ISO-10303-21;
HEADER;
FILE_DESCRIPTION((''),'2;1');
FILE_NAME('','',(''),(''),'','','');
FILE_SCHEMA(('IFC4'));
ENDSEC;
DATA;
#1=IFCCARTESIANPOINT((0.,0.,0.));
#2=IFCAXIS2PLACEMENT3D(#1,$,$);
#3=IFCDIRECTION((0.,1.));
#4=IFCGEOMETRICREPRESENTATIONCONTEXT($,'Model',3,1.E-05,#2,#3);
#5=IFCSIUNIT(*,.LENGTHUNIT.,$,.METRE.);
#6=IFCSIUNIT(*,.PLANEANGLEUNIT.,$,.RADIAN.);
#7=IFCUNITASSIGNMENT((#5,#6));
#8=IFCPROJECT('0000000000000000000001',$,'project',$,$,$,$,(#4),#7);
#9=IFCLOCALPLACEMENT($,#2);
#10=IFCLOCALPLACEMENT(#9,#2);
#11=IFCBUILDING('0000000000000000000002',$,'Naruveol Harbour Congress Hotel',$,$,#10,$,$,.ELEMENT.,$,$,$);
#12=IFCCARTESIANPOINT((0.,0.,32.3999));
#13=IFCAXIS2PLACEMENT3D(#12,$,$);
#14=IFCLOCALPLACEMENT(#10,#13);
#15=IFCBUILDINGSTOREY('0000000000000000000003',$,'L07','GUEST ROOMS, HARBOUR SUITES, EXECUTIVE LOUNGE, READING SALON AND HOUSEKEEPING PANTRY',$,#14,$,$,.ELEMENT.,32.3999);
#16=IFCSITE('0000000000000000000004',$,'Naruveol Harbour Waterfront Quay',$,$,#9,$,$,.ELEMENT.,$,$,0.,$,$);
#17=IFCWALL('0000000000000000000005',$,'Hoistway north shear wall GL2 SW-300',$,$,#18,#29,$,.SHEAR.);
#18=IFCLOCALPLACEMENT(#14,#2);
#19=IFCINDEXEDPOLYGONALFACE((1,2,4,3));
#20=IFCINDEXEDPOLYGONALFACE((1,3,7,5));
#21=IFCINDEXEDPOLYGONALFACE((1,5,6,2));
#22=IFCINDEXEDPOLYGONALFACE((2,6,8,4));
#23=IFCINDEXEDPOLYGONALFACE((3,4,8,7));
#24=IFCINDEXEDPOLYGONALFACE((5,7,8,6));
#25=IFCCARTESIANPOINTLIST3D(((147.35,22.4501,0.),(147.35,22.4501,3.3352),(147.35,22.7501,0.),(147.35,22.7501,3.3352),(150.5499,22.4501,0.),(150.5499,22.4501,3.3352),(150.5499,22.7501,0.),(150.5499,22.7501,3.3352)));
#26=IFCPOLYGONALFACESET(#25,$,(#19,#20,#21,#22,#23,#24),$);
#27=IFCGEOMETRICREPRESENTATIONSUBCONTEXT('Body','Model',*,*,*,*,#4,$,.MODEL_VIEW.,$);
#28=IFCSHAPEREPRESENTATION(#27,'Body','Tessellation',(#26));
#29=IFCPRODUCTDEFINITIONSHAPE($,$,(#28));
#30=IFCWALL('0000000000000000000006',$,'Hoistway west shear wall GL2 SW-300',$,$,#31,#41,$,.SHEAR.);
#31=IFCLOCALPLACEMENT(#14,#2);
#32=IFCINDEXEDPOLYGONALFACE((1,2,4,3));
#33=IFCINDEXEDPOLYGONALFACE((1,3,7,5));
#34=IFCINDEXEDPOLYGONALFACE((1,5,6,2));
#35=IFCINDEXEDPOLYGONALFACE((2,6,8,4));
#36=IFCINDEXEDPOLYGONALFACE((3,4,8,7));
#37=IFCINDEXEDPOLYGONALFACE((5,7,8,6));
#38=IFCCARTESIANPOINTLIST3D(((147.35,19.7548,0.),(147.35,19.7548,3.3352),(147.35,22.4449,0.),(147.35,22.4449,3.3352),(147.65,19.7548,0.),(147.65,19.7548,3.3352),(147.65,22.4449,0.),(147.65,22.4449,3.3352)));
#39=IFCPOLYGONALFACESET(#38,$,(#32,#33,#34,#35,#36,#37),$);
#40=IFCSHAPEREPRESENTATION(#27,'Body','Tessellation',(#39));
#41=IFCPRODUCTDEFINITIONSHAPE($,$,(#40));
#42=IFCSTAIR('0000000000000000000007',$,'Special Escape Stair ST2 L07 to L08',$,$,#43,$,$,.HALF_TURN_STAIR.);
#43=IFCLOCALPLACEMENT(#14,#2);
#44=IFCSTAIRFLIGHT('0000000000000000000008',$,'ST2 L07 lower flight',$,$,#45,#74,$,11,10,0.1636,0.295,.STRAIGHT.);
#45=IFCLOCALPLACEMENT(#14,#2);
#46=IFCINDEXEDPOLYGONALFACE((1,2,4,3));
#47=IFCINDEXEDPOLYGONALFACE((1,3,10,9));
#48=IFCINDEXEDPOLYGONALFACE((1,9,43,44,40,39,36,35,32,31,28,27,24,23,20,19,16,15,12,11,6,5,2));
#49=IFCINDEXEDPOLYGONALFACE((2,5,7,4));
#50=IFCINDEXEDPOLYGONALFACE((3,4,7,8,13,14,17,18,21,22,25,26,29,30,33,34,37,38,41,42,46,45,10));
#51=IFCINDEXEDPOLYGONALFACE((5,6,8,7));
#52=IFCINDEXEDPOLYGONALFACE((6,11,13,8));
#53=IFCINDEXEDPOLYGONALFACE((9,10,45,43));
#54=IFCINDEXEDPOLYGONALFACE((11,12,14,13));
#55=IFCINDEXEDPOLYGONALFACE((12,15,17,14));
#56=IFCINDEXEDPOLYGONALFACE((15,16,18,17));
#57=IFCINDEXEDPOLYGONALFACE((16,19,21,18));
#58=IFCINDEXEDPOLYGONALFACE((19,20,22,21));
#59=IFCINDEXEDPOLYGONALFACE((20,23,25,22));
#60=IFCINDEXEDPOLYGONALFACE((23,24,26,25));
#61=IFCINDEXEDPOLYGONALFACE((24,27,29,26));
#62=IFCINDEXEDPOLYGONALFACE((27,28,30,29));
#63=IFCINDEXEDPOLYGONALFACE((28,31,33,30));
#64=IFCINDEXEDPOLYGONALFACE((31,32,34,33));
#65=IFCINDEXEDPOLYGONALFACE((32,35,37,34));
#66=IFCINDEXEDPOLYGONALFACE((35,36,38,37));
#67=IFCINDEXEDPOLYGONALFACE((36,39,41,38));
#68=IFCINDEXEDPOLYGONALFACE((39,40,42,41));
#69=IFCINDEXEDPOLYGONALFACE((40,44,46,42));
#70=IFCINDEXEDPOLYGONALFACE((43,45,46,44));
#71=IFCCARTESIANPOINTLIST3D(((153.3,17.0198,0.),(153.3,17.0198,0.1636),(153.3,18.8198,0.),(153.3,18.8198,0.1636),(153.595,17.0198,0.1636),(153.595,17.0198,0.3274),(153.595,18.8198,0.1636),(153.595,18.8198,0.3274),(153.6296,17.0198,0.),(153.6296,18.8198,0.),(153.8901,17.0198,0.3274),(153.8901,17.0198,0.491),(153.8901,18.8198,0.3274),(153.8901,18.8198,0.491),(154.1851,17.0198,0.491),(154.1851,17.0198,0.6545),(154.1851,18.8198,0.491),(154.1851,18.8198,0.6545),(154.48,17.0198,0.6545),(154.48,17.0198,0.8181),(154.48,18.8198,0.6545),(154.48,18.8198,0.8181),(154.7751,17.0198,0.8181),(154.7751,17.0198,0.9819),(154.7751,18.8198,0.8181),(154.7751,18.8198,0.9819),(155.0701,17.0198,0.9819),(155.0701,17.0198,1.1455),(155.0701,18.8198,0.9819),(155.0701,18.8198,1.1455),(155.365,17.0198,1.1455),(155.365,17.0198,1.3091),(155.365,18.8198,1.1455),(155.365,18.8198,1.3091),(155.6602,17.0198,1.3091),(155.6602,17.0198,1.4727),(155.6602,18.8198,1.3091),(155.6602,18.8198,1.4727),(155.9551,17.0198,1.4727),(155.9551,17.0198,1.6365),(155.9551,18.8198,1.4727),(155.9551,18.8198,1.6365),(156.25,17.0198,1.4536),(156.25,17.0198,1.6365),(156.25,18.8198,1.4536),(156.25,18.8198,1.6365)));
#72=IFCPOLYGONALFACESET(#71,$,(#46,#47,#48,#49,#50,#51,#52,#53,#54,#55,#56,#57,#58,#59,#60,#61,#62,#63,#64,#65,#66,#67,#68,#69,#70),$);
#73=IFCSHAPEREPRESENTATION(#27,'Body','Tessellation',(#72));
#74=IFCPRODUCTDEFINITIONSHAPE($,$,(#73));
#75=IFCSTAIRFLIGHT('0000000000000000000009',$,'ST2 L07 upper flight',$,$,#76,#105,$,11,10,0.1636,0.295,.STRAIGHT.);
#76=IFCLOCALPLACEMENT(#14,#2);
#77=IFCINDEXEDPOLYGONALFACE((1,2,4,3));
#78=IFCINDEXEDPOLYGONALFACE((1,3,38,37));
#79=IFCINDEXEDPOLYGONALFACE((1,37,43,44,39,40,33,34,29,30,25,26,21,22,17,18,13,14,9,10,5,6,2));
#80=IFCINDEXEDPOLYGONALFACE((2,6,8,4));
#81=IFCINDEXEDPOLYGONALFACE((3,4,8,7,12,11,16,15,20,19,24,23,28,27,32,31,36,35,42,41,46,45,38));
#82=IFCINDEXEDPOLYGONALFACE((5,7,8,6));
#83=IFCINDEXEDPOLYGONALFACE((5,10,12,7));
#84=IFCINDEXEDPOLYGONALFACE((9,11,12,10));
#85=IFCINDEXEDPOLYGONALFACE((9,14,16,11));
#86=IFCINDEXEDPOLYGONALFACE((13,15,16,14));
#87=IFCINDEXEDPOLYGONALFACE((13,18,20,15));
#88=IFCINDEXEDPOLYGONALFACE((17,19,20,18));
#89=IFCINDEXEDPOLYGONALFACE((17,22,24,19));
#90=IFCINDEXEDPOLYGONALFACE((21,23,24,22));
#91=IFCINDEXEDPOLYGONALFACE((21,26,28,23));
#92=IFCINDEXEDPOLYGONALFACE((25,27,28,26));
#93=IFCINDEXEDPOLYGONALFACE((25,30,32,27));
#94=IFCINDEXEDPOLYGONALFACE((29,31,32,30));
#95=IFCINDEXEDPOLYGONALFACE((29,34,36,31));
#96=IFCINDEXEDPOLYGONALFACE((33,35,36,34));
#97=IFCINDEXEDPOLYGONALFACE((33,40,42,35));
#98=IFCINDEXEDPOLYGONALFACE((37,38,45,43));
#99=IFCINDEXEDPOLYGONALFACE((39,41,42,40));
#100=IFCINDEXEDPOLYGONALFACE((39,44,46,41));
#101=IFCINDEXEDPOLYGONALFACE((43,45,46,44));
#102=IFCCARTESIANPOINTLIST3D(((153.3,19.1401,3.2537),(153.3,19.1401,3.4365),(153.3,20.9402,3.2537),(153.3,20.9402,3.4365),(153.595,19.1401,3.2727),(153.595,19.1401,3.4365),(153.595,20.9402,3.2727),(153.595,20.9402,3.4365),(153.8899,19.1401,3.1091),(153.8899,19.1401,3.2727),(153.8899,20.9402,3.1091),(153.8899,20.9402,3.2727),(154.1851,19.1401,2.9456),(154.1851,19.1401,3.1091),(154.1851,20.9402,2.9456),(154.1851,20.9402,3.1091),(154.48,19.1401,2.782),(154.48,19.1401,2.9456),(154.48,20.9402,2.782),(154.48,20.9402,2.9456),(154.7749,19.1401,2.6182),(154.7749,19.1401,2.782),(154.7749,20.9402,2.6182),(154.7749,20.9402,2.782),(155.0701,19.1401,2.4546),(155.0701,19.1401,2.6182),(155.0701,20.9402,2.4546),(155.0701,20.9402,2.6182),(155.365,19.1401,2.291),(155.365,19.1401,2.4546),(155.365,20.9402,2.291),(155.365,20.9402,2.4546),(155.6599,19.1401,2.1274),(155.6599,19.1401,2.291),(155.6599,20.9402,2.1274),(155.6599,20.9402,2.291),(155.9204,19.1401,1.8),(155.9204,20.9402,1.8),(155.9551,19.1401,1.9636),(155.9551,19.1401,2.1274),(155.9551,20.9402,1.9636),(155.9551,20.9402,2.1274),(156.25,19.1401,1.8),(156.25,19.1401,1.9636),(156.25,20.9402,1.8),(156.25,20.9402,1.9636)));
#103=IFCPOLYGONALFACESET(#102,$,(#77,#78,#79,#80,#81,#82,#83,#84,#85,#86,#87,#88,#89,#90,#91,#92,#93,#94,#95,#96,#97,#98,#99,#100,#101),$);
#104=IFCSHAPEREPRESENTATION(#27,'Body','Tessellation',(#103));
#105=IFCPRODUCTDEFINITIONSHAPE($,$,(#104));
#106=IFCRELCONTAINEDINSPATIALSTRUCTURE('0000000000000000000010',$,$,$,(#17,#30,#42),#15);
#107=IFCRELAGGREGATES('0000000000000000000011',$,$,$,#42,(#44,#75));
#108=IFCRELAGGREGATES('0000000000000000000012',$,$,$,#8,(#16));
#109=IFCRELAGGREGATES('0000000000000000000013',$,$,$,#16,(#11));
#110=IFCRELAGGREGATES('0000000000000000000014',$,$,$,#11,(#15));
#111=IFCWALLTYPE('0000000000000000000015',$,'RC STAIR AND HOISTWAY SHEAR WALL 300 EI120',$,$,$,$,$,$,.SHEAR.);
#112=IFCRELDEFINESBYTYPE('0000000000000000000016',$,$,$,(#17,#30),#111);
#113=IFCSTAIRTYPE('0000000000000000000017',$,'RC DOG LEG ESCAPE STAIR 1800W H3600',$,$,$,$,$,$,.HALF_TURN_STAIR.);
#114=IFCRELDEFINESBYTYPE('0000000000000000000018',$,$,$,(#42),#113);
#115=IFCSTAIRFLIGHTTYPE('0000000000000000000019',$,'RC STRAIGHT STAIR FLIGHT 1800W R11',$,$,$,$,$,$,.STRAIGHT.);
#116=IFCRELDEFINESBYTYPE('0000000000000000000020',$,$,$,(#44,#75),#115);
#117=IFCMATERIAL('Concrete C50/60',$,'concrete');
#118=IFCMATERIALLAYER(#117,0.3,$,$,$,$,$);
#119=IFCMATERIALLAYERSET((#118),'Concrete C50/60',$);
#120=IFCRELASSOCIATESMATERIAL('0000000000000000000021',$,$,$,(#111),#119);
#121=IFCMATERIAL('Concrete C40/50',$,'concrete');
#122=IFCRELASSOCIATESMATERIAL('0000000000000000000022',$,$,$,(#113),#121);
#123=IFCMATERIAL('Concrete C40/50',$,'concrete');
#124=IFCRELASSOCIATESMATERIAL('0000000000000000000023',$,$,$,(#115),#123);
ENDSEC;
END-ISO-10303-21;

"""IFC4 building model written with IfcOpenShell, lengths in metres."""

from ifc_helpers import new_model, si_unit, direction, frame, frame_2d, origin, place, context, subcontext, project, spatial, polyline, rectangle, outline, extrude, material, layer, layer_set, type_object, element, aggregate, save


model = new_model("IFC4")

# Units and contexts
model_context = context("Model", 3, precision=1e-05, world=origin(), true_north=direction((0.0, 1.0)))
body_context = subcontext(model_context, "Body", "Model", "MODEL_VIEW")
ifc_project = project(units=[si_unit("LENGTHUNIT", "METRE"), si_unit("PLANEANGLEUNIT", "RADIAN")], contexts=[model_context])

# Site, building, storey
site_placement = place(None, origin())
site = spatial("IfcSite", under=ifc_project, at=site_placement, Name="Naruveol Harbour Waterfront Quay", CompositionType="ELEMENT", RefElevation=0.0)
building_placement = place(site_placement, origin())
building = spatial("IfcBuilding", under=site, at=building_placement, Name="Naruveol Harbour Congress Hotel", CompositionType="ELEMENT")
storey_placement = place(building_placement, frame((0.0, 0.0, 32.3999)))
storey = spatial("IfcBuildingStorey", under=building, at=storey_placement, Name="L07", Description="GUEST ROOMS, HARBOUR SUITES, EXECUTIVE LOUNGE, READING SALON AND HOUSEKEEPING PANTRY", CompositionType="ELEMENT", Elevation=32.3999)

# Shared definitions
ifc_material_1 = material(Name="Concrete C50/60", Category="concrete")
ifc_layer_1 = layer(ifc_material_1, 0.3)
ifc_layer_set_1 = layer_set([ifc_layer_1], Name="Concrete C50/60")
wall_type_1 = type_object("IfcWallType", Name="RC STAIR AND HOISTWAY SHEAR WALL 300 EI120", PredefinedType="SHEAR", material=ifc_layer_set_1)

# Walls
wall_1_placement = place(storey_placement, frame((150.55, 22.6001, 0.0), z_axis=(0.0, 0.0, 1.0), x_axis=(-1.0, 0.0, 0.0)))
element("IfcWall", 1, at=wall_1_placement, inside=storey, type_object=wall_type_1, Name="Hoistway north shear wall GL2 SW-300", PredefinedType="SHEAR", context=body_context, shape_type="SweptSolid", body=[
    extrude(rectangle(XDim=3.2, YDim=0.3, at=frame_2d((1.6001, 0.0))), origin(), (0.0, 0.0, 1.0), 3.3352),
])
wall_2_placement = place(storey_placement, frame((147.5, 22.4451, 0.0), z_axis=(0.0, 0.0, 1.0), x_axis=(0.0, -1.0, 0.0)))
element("IfcWall", 2, at=wall_2_placement, inside=storey, type_object=wall_type_1, Name="Hoistway west shear wall GL2 SW-300", PredefinedType="SHEAR", context=body_context, shape_type="SweptSolid", body=[
    extrude(rectangle(XDim=2.6902, YDim=0.3, at=frame_2d((1.3452, 0.0))), origin(), (0.0, 0.0, 1.0), 3.3352),
])

# Stair, stair flights
ifc_material_2 = material(Name="Concrete C40/50", Category="concrete")
stair_type = type_object("IfcStairType", Name="RC DOG LEG ESCAPE STAIR 1800W H3600", PredefinedType="HALF_TURN_STAIR", material=ifc_material_2)
stair_placement = place(storey_placement, origin())
stair = element("IfcStair", 3, at=stair_placement, inside=storey, type_object=stair_type, Name="Special Escape Stair ST2 L07 to L08", PredefinedType="HALF_TURN_STAIR")
ifc_material_3 = material(Name="Concrete C40/50", Category="concrete")
stair_flight_type = type_object("IfcStairFlightType", Name="RC STRAIGHT STAIR FLIGHT 1800W R11", PredefinedType="STRAIGHT", material=ifc_material_3)
stair_flight_1_placement = place(storey_placement, frame((153.3, 17.9199, 0.0), z_axis=(0.0, 0.0, 1.0), x_axis=(1.0, 0.0, 0.0)))
stair_flight_1 = element("IfcStairFlight", 4, at=stair_flight_1_placement, type_object=stair_flight_type, Name="ST2 L07 lower flight", NumberOfRisers=11, NumberOfTreads=10, PredefinedType="STRAIGHT", RiserHeight=0.1636, TreadLength=0.295, context=body_context, shape_type="SweptSolid", body=[
    extrude(outline(polyline([(0.0, 0.0), (0.0, 0.1636), (0.2949, 0.1636), (0.2949, 0.3274), (0.5901, 0.3274), (0.5901, 0.491), (0.885, 0.491), (0.885, 0.6545), (1.1799, 0.6545), (1.1799, 0.8181), (1.4751, 0.8181), (1.4751, 0.9819), (1.77, 0.9819), (1.77, 1.1455), (2.0649, 1.1455), (2.0649, 1.3091), (2.3601, 1.3091), (2.3601, 1.4727), (2.655, 1.4727), (2.655, 1.6365), (2.95, 1.6365), (2.95, 1.8), (2.95, 1.4536), (0.3296, 0.0), (0.0, 0.0)])), frame((0.0, 0.8999, 0.0), z_axis=(0.0, -1.0, 0.0), x_axis=(1.0, 0.0, 0.0)), (0.0, 0.0, 1.0), 1.8),
])
stair_flight_2_placement = place(storey_placement, frame((156.25, 20.04, 1.8), z_axis=(0.0, 0.0, 1.0), x_axis=(-1.0, 0.0, 0.0)))
stair_flight_2 = element("IfcStairFlight", 5, at=stair_flight_2_placement, type_object=stair_flight_type, Name="ST2 L07 upper flight", NumberOfRisers=11, NumberOfTreads=10, PredefinedType="STRAIGHT", RiserHeight=0.1636, TreadLength=0.295, context=body_context, shape_type="SweptSolid", body=[
    extrude(outline(polyline([(0.0, 0.0), (0.0, 0.1636), (0.2949, 0.1636), (0.2949, 0.3274), (0.5901, 0.3274), (0.5901, 0.491), (0.885, 0.491), (0.885, 0.6545), (1.1799, 0.6545), (1.1799, 0.8181), (1.4751, 0.8181), (1.4751, 0.9819), (1.77, 0.9819), (1.77, 1.1455), (2.0649, 1.1455), (2.0649, 1.3091), (2.3601, 1.3091), (2.3601, 1.4727), (2.655, 1.4727), (2.655, 1.6365), (2.95, 1.6365), (2.95, 1.8), (2.95, 1.4536), (0.3296, 0.0), (0.0, 0.0)])), frame((0.0, 0.8999, 0.0), z_axis=(0.0, -1.0, 0.0), x_axis=(1.0, 0.0, 0.0)), (0.0, 0.0, 1.0), 1.8),
])
aggregate(stair, [stair_flight_1, stair_flight_2])

save(model, "model.ifc")
